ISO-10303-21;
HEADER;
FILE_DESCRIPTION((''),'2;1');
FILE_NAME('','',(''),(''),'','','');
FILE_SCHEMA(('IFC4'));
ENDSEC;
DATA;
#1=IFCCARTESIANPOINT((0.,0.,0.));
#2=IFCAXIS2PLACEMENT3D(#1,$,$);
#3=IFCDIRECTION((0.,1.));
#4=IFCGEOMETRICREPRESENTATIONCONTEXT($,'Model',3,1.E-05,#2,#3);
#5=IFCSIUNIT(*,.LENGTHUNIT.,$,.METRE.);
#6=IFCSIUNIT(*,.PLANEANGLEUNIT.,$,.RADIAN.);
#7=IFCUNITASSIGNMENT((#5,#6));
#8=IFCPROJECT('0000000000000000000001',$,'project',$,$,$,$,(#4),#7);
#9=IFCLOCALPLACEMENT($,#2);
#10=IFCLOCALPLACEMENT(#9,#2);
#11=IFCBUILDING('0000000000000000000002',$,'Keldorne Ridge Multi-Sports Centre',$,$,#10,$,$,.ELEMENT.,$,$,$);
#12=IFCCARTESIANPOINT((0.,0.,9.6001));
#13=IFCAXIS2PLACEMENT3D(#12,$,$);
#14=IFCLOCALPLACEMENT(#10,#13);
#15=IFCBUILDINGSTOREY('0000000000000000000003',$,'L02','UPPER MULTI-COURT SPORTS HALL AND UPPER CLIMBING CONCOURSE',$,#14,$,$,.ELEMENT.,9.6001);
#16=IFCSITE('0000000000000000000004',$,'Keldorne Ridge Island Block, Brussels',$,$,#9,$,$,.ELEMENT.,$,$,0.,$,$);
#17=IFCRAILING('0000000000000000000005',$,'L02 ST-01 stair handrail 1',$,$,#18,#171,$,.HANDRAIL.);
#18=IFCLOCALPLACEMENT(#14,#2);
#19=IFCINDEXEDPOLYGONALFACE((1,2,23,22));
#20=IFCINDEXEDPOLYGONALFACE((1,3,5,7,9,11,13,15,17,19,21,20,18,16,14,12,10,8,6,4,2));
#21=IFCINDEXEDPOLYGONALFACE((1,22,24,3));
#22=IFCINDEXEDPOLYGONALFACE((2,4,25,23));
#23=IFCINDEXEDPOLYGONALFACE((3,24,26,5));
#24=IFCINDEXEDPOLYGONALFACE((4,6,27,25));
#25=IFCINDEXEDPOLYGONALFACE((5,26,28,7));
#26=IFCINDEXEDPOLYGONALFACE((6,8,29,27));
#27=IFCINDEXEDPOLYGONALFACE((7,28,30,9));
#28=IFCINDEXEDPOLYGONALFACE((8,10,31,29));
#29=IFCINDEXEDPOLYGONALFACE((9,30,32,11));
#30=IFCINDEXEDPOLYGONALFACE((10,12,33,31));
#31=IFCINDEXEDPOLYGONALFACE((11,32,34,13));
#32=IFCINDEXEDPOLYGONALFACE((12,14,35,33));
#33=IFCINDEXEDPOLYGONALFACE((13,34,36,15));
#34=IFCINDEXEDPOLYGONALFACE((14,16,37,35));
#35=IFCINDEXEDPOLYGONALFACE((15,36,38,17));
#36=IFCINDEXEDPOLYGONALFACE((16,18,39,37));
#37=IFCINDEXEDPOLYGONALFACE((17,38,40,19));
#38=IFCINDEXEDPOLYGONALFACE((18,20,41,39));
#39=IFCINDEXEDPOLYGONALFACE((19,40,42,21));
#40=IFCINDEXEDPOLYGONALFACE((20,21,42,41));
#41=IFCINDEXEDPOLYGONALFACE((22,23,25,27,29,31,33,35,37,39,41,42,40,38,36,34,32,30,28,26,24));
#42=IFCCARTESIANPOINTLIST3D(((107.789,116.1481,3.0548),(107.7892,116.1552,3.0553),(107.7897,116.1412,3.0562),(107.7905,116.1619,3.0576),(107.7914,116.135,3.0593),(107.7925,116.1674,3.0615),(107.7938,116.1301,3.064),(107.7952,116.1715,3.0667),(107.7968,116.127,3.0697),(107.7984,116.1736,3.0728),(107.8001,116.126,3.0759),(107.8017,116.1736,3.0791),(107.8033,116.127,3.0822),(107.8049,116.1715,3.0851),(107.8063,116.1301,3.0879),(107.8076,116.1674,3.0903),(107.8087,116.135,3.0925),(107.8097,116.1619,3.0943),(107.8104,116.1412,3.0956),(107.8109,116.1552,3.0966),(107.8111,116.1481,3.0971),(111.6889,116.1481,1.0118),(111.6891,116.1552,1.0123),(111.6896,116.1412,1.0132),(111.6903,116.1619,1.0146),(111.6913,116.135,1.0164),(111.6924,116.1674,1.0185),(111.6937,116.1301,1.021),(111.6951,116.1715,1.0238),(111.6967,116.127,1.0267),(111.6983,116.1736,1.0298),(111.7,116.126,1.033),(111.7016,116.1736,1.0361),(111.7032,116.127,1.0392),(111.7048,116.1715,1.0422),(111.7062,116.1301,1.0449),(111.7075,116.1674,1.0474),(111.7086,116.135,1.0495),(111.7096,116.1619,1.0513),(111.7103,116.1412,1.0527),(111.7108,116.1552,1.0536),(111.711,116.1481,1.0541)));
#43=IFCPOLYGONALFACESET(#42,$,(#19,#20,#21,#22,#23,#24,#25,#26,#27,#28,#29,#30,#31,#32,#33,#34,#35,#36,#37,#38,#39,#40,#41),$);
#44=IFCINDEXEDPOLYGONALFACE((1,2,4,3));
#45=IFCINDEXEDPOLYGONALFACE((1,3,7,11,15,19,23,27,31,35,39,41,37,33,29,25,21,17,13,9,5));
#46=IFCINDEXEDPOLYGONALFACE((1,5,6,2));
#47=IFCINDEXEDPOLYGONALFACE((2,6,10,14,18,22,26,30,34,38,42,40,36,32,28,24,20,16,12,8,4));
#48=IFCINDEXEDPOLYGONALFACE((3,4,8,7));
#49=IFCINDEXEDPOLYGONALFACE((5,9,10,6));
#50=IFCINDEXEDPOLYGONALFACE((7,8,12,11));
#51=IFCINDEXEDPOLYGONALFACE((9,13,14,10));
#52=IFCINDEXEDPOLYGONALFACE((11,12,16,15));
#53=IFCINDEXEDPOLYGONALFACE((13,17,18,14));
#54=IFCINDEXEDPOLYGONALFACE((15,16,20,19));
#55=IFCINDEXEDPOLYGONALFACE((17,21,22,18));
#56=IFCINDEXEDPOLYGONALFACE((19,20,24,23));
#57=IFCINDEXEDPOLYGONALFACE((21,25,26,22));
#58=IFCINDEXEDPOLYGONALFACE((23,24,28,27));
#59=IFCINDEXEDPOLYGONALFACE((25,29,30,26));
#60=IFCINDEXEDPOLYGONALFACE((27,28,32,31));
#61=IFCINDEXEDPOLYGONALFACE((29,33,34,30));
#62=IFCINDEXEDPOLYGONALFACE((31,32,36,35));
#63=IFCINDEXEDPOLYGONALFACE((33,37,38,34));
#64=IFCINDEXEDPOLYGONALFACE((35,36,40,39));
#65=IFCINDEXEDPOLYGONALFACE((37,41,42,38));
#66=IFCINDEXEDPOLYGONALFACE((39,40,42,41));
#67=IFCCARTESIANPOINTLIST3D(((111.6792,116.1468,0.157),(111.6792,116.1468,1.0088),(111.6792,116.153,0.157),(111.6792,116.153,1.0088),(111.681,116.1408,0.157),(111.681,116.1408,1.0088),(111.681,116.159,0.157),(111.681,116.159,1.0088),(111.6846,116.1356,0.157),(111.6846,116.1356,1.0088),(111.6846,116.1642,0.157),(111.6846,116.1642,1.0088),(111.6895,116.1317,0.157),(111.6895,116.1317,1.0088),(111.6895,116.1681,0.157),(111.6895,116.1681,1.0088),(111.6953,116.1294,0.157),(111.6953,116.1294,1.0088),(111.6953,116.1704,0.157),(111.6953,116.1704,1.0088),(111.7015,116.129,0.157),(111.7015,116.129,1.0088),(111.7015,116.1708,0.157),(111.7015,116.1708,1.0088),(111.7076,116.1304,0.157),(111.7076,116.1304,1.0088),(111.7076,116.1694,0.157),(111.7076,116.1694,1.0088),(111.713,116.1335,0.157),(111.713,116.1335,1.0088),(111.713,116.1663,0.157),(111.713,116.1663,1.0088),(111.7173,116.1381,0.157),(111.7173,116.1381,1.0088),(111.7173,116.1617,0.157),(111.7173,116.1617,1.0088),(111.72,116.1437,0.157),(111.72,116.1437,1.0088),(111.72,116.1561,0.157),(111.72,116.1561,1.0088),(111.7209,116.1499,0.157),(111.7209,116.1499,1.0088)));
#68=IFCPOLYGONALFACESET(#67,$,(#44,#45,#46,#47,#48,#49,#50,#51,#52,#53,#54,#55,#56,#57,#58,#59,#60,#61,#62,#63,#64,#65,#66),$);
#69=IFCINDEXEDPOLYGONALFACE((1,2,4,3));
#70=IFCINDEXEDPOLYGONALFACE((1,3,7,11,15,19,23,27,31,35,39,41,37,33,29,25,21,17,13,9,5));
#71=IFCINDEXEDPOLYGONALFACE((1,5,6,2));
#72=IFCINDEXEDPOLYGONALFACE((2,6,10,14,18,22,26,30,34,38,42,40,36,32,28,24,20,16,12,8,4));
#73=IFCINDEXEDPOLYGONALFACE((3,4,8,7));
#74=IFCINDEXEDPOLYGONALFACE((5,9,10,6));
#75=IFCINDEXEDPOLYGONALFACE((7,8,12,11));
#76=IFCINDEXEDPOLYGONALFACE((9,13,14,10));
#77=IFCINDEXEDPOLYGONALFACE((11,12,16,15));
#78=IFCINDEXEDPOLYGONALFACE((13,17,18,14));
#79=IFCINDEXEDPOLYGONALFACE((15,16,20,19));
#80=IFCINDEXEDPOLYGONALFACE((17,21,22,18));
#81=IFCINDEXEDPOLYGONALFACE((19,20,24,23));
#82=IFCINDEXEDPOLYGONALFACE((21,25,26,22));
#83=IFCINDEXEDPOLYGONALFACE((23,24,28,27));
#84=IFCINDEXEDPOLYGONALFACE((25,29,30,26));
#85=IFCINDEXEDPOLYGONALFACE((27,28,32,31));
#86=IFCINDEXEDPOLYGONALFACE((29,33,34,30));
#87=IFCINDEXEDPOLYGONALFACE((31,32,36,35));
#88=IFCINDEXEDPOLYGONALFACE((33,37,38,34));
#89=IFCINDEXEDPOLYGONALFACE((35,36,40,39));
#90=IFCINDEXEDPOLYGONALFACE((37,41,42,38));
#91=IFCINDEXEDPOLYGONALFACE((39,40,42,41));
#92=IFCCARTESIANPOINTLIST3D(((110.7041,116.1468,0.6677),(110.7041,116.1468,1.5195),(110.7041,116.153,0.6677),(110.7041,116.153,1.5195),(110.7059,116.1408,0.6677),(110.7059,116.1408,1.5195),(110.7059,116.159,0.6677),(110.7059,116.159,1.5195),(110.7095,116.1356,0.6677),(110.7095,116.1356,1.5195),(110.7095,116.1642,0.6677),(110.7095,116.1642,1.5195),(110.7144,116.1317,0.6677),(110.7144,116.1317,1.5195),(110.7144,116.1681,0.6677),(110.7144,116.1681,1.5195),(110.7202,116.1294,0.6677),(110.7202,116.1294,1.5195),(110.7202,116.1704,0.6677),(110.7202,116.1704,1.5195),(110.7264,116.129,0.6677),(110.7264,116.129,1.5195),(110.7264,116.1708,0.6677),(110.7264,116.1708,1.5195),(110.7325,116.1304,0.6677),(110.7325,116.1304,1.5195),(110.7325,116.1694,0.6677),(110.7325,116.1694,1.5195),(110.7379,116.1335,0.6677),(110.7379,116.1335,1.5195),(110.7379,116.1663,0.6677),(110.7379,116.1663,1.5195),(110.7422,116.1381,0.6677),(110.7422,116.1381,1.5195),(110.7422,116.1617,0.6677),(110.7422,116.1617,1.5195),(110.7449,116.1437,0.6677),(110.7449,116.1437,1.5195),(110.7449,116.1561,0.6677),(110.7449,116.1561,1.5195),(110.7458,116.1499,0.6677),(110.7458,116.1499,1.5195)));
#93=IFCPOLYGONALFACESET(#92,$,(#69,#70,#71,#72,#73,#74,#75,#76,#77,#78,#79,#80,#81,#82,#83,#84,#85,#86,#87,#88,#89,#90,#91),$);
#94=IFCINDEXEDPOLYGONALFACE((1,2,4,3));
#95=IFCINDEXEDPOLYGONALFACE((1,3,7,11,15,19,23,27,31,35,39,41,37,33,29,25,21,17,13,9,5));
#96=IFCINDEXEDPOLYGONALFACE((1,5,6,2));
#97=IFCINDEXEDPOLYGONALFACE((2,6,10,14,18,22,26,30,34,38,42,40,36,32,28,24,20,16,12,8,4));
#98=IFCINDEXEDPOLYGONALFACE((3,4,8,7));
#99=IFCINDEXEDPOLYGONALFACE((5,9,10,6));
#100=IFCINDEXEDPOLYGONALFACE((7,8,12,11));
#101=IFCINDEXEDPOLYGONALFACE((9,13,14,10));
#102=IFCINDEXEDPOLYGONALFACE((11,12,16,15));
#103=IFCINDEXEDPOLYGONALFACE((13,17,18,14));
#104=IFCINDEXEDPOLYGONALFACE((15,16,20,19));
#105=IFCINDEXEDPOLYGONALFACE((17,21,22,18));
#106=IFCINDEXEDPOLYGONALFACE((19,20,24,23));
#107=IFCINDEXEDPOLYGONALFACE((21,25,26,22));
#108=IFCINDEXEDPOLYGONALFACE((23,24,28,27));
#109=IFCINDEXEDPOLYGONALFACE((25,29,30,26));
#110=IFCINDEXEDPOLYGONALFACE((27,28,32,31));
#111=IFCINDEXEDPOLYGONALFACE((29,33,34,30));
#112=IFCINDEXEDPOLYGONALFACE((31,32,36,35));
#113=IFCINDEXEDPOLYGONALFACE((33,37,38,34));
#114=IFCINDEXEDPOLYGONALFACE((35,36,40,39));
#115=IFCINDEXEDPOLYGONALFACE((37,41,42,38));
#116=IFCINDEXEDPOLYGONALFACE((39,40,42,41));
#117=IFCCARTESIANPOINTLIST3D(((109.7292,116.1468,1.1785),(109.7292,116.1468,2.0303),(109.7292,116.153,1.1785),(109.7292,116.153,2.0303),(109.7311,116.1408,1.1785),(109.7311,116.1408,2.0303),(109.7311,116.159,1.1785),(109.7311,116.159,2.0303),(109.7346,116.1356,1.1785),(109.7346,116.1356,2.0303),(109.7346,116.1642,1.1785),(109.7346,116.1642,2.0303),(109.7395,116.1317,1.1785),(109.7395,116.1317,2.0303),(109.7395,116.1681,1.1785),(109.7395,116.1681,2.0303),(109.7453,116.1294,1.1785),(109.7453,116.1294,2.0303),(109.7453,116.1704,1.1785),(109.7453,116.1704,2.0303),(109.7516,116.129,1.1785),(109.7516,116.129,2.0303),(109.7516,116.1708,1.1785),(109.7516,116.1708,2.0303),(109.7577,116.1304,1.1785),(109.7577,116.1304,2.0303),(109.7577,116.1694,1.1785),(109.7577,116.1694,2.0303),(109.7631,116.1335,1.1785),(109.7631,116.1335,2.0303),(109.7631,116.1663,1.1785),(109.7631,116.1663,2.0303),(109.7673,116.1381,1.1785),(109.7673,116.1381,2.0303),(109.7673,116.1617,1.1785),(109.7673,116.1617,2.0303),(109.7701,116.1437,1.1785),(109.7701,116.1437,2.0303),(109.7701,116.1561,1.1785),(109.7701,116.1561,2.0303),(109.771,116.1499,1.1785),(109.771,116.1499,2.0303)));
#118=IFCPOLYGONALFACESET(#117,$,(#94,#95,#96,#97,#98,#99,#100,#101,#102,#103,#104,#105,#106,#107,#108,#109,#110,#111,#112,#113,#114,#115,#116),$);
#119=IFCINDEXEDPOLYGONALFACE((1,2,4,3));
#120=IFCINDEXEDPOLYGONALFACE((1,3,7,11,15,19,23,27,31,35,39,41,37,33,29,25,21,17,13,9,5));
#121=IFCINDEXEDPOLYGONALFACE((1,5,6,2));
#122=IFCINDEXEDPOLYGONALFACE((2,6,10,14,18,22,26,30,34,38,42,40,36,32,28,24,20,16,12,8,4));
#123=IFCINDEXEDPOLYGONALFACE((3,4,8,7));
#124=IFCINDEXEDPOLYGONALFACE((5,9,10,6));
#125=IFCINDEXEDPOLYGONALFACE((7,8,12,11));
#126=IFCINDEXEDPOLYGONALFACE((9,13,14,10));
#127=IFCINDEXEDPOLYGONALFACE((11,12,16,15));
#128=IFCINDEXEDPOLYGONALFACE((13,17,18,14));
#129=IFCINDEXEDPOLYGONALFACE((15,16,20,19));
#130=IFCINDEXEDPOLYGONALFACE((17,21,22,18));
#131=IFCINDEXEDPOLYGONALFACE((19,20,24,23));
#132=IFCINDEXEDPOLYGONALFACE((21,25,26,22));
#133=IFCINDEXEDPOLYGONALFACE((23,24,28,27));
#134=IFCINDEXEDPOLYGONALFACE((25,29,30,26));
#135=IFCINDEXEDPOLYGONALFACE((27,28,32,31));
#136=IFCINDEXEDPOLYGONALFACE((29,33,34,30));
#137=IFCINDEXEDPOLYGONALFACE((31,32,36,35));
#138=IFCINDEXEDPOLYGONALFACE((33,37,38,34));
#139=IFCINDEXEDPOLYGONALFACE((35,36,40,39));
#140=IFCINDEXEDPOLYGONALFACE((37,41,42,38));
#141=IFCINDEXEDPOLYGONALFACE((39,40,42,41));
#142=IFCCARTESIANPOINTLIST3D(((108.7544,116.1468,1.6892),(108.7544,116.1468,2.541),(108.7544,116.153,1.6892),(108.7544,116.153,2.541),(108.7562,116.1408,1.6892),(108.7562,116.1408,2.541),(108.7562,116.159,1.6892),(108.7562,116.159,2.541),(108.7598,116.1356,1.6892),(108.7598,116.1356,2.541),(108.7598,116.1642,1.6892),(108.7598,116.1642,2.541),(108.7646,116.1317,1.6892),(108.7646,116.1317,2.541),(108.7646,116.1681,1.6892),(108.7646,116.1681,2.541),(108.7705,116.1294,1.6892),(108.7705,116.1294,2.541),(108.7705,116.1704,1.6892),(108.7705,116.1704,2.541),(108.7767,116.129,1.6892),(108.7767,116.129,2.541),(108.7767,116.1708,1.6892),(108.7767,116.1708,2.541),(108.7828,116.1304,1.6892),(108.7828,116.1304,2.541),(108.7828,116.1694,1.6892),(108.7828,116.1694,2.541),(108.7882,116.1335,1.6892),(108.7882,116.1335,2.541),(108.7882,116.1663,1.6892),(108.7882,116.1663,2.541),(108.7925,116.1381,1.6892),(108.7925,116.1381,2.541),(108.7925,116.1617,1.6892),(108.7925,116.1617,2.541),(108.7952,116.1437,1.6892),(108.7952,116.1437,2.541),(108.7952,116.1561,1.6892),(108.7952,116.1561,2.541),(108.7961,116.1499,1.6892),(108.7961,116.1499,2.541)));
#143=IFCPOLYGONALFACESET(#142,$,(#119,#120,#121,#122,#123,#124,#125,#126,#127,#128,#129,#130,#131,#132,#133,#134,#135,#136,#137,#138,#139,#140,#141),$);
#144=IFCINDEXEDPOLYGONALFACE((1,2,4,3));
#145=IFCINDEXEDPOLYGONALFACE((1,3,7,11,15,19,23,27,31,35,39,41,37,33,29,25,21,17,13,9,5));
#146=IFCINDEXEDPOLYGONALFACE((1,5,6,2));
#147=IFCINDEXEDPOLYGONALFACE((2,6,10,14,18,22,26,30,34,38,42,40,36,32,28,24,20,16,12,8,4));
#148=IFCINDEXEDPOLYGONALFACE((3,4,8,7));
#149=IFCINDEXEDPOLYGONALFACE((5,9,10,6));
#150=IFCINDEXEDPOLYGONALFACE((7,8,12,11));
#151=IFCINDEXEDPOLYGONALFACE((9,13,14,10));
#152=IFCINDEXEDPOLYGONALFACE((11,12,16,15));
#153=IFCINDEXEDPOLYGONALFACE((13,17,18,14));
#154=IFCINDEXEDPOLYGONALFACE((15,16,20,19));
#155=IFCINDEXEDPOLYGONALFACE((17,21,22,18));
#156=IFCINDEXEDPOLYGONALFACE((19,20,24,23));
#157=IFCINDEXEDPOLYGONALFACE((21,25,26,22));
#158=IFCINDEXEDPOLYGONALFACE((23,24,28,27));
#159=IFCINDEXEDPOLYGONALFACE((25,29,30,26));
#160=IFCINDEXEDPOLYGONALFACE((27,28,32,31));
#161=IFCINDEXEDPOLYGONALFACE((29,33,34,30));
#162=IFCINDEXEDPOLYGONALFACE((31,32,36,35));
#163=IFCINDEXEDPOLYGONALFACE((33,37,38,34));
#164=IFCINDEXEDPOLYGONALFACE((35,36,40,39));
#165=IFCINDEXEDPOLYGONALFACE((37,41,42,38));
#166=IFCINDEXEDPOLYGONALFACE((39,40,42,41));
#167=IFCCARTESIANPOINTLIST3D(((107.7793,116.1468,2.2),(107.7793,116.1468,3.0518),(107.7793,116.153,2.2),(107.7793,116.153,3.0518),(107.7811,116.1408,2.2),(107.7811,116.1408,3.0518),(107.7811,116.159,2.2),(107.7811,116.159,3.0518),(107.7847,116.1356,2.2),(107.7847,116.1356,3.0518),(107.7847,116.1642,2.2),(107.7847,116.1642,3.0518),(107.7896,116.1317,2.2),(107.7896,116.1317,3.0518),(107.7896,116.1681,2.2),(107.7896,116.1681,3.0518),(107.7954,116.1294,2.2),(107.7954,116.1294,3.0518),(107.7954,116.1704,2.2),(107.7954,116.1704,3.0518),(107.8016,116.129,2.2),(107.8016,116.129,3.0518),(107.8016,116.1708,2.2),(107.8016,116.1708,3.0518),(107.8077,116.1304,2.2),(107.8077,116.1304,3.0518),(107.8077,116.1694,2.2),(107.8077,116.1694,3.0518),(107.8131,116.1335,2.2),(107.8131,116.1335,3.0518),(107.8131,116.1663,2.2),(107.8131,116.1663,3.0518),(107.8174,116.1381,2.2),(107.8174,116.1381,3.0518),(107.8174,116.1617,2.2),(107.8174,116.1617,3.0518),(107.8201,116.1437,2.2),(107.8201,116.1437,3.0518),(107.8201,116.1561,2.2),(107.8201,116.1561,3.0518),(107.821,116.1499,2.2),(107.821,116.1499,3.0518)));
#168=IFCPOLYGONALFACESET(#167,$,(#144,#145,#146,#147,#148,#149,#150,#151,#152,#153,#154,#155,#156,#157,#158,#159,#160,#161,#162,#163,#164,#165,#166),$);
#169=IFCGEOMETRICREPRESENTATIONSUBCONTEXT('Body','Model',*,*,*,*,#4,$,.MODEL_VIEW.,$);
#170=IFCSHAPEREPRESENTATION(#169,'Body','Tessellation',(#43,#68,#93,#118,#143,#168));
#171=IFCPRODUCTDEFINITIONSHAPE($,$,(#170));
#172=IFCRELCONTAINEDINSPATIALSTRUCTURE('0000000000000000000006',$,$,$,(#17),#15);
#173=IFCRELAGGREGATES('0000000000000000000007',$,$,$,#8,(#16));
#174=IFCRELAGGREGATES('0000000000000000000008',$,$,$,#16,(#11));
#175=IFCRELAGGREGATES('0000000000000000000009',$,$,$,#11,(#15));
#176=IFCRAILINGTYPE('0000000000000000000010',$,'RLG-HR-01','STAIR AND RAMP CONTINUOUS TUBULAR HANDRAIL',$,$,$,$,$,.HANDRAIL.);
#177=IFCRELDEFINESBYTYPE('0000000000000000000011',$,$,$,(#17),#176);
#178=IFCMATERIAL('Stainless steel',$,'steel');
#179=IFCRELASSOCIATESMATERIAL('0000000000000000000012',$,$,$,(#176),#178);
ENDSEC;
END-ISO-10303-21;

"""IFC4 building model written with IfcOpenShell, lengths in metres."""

from ifc_helpers import new_model, si_unit, direction, frame, origin, origin_2d, place, context, subcontext, project, spatial, circle, extrude, material, type_object, element, save


model = new_model("IFC4")

# Units and contexts
model_context = context("Model", 3, precision=1e-05, world=origin(), true_north=direction((0.0, 1.0)))
body_context = subcontext(model_context, "Body", "Model", "MODEL_VIEW")
ifc_project = project(units=[si_unit("LENGTHUNIT", "METRE"), si_unit("PLANEANGLEUNIT", "RADIAN")], contexts=[model_context])

# Site, building, storey
site_placement = place(None, origin())
site = spatial("IfcSite", under=ifc_project, at=site_placement, Name="Keldorne Ridge Island Block, Brussels", CompositionType="ELEMENT", RefElevation=0.0)
building_placement = place(site_placement, origin())
building = spatial("IfcBuilding", under=site, at=building_placement, Name="Keldorne Ridge Multi-Sports Centre", CompositionType="ELEMENT")
storey_placement = place(building_placement, frame((0.0, 0.0, 9.6001)))
storey = spatial("IfcBuildingStorey", under=building, at=storey_placement, Name="L02", Description="UPPER MULTI-COURT SPORTS HALL AND UPPER CLIMBING CONCOURSE", CompositionType="ELEMENT", Elevation=9.6001)

# Shared definitions
ifc_material_1 = material(Name="Stainless steel", Category="steel")

# Railing
railing_type_1 = type_object("IfcRailingType", Name="RLG-HR-01", Description="STAIR AND RAMP CONTINUOUS TUBULAR HANDRAIL", PredefinedType="HANDRAIL", material=ifc_material_1)
railing_1_placement = place(storey_placement, frame((111.7, 116.1499, 0.157)))
element("IfcRailing", 1, at=railing_1_placement, inside=storey, type_object=railing_type_1, Name="L02 ST-01 stair handrail 1", PredefinedType="HANDRAIL", context=body_context, shape_type="SweptSolid", body=[
    extrude(circle(Radius=0.0239, at=origin_2d()), frame((0.0, 0.0, 0.876), z_axis=(-0.885816, 0.0, 0.464036), x_axis=(0.0, -1.0, 0.0)), (0.0, 0.0, 1.0), 4.4026),
    extrude(circle(Radius=0.021, at=origin_2d()), origin(), (0.0, 0.0, 1.0), 0.8518),
    extrude(circle(Radius=0.021, at=origin_2d()), frame((-0.9751, 0.0, 0.5107)), (0.0, 0.0, 1.0), 0.8518),
    extrude(circle(Radius=0.021, at=origin_2d()), frame((-1.95, 0.0, 1.0215)), (0.0, 0.0, 1.0), 0.8518),
    extrude(circle(Radius=0.021, at=origin_2d()), frame((-2.9248, 0.0, 1.5322)), (0.0, 0.0, 1.0), 0.8518),
    extrude(circle(Radius=0.021, at=origin_2d()), frame((-3.8999, 0.0, 2.043)), (0.0, 0.0, 1.0), 0.8518),
])

save(model, "model.ifc")
